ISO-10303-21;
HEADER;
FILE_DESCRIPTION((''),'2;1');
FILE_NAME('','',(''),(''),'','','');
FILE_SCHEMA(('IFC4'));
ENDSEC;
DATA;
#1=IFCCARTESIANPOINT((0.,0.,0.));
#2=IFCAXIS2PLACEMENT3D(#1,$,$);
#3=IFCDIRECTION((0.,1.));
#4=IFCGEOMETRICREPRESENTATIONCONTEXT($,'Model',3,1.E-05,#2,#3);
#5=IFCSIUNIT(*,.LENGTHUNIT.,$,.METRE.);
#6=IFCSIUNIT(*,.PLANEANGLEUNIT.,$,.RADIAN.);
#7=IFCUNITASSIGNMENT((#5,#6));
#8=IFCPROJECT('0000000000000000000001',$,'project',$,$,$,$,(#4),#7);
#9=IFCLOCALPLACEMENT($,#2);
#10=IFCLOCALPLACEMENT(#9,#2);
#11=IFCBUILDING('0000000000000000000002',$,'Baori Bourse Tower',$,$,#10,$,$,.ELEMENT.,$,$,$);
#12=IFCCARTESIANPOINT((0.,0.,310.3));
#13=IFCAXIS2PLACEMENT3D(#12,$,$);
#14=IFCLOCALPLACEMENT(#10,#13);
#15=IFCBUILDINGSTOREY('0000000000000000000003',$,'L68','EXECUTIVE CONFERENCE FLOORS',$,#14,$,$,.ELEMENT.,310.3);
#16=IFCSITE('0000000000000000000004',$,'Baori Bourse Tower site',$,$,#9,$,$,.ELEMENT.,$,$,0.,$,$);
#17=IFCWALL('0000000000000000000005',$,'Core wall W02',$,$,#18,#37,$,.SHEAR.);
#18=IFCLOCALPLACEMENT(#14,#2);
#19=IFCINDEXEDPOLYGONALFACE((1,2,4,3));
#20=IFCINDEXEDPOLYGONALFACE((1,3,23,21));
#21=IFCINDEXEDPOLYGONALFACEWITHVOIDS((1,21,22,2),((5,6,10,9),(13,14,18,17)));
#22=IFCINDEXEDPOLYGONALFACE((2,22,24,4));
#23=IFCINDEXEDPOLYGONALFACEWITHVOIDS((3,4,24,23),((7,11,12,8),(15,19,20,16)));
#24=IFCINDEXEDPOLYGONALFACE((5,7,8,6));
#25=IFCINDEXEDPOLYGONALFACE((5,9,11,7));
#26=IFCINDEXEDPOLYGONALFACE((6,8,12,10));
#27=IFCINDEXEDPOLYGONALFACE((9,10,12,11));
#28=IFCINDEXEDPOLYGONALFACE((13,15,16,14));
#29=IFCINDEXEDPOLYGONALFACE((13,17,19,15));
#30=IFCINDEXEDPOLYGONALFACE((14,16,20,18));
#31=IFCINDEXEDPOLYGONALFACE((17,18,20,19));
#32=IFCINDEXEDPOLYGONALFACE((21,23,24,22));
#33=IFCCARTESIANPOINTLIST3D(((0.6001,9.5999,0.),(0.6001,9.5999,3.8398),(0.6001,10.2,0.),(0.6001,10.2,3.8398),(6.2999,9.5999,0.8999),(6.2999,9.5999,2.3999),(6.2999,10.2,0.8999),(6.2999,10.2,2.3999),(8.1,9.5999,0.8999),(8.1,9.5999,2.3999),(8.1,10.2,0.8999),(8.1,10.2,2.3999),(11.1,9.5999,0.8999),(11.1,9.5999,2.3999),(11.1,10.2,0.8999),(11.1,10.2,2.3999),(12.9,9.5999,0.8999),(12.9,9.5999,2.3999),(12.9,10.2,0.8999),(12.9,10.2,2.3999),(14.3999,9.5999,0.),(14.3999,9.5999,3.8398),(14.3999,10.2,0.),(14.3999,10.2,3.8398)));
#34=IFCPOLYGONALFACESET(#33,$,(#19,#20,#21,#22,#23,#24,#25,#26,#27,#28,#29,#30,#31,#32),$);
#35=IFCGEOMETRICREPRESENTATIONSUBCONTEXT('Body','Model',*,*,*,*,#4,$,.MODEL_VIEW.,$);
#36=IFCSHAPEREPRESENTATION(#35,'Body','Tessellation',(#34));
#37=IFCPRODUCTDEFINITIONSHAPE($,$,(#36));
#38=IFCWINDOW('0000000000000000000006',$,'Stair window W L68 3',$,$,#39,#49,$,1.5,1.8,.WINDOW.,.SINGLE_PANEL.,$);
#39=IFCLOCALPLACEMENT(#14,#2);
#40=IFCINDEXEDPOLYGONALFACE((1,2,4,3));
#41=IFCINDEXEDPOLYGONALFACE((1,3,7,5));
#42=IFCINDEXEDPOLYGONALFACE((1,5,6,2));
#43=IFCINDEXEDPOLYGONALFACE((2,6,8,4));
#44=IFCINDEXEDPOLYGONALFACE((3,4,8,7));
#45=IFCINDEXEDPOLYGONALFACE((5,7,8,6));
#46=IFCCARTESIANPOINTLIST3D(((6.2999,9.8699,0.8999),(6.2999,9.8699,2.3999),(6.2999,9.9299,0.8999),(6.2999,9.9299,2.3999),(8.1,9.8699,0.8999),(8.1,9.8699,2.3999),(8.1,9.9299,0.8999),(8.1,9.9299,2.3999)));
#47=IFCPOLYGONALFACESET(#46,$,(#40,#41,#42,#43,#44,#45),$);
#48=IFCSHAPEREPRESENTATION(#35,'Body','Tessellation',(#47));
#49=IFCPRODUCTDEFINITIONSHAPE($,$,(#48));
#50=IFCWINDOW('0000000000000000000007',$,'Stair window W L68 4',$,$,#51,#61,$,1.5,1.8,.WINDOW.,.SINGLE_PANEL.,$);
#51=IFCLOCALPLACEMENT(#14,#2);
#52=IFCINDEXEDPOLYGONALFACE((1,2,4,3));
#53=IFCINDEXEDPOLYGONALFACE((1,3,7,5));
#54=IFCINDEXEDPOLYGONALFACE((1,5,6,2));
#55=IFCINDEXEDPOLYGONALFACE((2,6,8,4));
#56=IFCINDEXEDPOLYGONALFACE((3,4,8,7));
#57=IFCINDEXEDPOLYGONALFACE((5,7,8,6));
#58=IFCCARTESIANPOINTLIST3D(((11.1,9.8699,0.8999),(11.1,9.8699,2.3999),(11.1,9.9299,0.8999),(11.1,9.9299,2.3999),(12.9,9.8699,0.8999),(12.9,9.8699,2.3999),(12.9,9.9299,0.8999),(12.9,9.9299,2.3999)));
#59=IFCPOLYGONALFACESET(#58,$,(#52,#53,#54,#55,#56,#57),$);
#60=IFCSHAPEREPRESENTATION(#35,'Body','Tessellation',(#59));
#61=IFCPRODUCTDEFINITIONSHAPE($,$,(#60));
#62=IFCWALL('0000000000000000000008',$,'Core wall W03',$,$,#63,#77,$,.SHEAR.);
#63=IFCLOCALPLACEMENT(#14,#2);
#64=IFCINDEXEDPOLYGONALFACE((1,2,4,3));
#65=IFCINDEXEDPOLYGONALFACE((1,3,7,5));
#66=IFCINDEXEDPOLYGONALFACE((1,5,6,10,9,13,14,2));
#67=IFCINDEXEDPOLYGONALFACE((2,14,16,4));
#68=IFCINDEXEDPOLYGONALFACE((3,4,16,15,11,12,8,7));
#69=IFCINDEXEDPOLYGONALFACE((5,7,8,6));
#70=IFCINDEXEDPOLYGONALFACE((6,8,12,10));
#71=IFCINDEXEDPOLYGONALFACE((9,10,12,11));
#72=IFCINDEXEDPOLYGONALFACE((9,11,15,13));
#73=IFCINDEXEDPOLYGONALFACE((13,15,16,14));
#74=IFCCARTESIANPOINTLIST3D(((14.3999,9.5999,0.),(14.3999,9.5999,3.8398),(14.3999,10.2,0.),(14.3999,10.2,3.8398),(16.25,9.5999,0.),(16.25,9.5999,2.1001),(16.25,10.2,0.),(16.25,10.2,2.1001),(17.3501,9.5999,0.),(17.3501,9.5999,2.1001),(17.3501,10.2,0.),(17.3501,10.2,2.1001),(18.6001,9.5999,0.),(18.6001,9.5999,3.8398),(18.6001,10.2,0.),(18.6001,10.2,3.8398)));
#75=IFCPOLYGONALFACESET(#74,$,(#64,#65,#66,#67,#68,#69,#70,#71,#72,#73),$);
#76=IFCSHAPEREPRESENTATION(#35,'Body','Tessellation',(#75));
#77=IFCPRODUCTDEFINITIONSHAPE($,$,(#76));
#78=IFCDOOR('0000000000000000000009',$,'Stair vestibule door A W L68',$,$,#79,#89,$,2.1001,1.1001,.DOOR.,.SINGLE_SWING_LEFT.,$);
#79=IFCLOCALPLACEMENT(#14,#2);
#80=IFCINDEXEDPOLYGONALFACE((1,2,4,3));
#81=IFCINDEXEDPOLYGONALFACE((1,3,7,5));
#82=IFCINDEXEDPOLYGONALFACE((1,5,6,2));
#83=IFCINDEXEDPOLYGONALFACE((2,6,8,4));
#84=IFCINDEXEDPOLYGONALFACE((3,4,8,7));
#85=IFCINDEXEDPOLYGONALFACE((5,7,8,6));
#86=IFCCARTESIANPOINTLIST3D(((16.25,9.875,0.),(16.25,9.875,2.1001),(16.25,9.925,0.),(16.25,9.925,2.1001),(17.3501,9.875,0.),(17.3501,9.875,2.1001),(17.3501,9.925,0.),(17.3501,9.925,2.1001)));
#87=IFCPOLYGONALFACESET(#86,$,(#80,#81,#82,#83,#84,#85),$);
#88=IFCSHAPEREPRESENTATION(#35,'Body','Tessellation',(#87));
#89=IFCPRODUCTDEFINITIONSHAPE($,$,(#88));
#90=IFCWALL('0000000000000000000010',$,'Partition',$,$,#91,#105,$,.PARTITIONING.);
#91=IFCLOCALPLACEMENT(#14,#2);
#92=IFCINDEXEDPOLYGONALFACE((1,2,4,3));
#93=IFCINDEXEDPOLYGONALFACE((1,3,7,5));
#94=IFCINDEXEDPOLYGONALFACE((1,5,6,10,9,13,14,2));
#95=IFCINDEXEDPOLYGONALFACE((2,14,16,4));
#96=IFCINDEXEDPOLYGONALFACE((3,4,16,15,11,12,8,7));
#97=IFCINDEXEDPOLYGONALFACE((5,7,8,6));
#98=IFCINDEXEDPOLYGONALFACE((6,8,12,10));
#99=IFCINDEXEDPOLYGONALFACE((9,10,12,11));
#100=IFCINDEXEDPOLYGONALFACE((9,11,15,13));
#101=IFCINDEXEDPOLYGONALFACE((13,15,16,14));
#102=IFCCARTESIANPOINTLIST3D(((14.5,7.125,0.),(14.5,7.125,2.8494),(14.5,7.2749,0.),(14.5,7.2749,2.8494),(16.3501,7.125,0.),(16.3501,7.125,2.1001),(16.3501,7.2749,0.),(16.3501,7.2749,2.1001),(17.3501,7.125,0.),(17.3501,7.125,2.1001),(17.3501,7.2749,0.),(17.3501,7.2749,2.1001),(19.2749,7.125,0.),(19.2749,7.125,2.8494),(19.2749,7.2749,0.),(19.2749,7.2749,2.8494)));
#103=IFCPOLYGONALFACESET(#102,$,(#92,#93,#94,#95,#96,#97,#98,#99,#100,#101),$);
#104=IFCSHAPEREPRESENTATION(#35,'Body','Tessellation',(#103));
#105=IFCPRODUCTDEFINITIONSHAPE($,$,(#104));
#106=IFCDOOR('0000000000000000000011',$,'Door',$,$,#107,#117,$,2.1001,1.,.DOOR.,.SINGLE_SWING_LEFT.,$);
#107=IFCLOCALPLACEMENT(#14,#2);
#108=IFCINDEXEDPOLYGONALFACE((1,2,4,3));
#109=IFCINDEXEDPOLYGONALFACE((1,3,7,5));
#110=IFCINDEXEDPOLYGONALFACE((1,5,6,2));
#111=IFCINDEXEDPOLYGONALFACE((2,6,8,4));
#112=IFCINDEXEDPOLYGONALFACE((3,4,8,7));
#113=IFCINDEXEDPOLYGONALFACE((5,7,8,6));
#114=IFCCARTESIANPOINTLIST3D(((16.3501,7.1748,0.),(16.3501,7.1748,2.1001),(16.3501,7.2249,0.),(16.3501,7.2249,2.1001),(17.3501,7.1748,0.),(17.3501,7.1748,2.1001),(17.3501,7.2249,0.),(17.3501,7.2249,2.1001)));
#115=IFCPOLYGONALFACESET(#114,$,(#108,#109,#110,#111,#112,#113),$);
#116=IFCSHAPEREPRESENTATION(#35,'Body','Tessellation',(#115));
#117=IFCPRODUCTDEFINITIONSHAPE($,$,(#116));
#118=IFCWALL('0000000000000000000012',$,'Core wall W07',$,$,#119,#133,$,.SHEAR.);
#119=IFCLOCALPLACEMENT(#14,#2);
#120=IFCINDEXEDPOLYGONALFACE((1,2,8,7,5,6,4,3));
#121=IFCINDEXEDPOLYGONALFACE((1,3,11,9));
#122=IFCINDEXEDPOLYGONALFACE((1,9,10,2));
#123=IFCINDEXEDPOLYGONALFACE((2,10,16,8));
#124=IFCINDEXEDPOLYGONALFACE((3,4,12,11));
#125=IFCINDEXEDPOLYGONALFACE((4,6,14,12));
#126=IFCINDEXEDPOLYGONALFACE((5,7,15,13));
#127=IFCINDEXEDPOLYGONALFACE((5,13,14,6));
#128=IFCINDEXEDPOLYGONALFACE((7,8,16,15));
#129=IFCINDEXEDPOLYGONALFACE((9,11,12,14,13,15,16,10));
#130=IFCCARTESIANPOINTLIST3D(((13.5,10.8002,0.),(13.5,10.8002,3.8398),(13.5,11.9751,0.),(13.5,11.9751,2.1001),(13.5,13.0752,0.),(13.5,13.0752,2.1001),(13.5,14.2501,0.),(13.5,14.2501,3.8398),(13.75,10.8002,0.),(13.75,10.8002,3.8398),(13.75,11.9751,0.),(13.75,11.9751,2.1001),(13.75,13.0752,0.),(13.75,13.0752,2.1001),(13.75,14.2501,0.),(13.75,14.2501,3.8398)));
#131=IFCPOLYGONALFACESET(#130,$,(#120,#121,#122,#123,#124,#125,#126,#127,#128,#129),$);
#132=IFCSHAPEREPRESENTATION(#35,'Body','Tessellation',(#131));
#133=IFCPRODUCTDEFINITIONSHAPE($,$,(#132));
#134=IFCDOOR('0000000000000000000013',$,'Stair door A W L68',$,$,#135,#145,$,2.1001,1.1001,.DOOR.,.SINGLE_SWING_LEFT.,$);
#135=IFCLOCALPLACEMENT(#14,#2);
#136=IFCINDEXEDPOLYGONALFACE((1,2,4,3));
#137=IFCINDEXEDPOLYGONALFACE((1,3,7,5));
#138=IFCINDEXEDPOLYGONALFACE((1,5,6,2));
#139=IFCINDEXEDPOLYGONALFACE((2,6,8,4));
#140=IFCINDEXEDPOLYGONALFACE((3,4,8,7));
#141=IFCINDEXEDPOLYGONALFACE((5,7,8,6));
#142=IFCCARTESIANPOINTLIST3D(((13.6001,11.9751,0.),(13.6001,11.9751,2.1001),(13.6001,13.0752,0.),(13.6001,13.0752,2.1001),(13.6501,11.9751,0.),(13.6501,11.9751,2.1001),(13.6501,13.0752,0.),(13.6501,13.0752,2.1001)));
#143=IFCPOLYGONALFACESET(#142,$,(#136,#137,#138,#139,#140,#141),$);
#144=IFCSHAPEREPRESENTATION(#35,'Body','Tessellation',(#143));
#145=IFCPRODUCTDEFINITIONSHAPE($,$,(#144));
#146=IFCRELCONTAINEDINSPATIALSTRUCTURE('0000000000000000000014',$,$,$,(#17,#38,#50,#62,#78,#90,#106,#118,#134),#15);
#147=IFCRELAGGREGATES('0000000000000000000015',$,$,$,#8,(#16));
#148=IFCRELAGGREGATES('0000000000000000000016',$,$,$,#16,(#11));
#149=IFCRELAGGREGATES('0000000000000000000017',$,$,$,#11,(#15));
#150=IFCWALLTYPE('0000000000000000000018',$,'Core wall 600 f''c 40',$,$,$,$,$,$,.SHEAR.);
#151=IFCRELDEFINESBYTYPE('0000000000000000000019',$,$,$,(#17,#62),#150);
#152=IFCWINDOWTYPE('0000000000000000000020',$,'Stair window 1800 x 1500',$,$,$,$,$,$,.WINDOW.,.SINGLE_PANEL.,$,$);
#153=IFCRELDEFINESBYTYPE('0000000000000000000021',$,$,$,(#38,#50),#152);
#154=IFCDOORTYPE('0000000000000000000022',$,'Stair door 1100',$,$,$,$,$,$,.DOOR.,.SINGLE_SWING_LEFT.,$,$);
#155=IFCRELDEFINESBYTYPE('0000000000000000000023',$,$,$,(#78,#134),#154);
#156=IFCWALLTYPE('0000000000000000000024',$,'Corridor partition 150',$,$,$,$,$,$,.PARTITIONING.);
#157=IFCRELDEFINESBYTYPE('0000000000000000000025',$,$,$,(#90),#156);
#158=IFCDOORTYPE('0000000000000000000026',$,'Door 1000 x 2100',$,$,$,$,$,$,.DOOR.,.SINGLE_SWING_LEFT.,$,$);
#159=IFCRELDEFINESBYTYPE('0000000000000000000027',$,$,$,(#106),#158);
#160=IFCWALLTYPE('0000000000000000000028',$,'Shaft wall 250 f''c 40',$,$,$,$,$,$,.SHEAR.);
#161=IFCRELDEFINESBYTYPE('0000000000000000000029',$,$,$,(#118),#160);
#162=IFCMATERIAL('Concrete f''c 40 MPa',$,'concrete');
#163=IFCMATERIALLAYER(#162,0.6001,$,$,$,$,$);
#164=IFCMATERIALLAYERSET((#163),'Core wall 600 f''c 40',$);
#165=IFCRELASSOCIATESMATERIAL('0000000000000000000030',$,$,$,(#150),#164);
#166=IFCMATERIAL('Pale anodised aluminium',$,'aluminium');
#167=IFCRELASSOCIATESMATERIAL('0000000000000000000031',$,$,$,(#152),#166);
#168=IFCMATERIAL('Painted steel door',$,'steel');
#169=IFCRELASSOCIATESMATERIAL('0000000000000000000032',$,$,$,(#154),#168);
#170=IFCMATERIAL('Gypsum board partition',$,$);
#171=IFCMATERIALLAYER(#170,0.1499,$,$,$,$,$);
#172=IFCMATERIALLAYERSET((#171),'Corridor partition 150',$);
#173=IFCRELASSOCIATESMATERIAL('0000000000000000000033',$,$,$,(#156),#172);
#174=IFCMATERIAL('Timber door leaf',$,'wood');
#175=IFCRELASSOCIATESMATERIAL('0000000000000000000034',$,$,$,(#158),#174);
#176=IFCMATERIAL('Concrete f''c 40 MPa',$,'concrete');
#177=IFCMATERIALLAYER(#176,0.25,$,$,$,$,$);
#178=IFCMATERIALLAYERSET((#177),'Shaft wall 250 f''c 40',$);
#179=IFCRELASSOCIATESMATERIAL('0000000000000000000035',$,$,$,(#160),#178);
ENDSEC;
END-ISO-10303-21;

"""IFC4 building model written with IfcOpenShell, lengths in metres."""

from ifc_helpers import new_model, si_unit, direction, frame, frame_2d, origin, place, context, subcontext, project, spatial, rectangle, extrude, material, layer, layer_set, type_object, element, fill, save


model = new_model("IFC4")

# Units and contexts
model_context = context("Model", 3, precision=1e-05, world=origin(), true_north=direction((0.0, 1.0)))
body_context = subcontext(model_context, "Body", "Model", "MODEL_VIEW")
ifc_project = project(units=[si_unit("LENGTHUNIT", "METRE"), si_unit("PLANEANGLEUNIT", "RADIAN")], contexts=[model_context])

# Site, building, storey
site_placement = place(None, origin())
site = spatial("IfcSite", under=ifc_project, at=site_placement, Name="Baori Bourse Tower site", CompositionType="ELEMENT", RefElevation=0.0)
building_placement = place(site_placement, origin())
building = spatial("IfcBuilding", under=site, at=building_placement, Name="Baori Bourse Tower", CompositionType="ELEMENT")
storey_placement = place(building_placement, frame((0.0, 0.0, 310.3)))
storey = spatial("IfcBuildingStorey", under=building, at=storey_placement, Name="L68", Description="EXECUTIVE CONFERENCE FLOORS", CompositionType="ELEMENT", Elevation=310.3)

# Wall, openings, windows
ifc_material_1 = material(Name="Concrete f'c 40 MPa", Category="concrete")
ifc_layer_1 = layer(ifc_material_1, 0.6001)
ifc_layer_set_1 = layer_set([ifc_layer_1], Name="Core wall 600 f'c 40")
wall_type_1 = type_object("IfcWallType", Name="Core wall 600 f'c 40", PredefinedType="SHEAR", material=ifc_layer_set_1)
wall_1_placement = place(storey_placement, frame((14.3999, 9.8999, 0.0), z_axis=(0.0, 0.0, 1.0), x_axis=(-1.0, 0.0, 0.0)))
wall_1 = element("IfcWall", 1, at=wall_1_placement, inside=storey, type_object=wall_type_1, Name="Core wall W02", PredefinedType="SHEAR", context=body_context, shape_type="SweptSolid", body=[
    extrude(rectangle(XDim=13.7998, YDim=0.6001, at=frame_2d((6.8999, 0.0))), origin(), (0.0, 0.0, 1.0), 3.8398),
])
opening_1_placement = place(wall_1_placement, frame((6.3, 0.0, 0.8999)))
opening_1 = element("IfcOpeningElement", 2, at=opening_1_placement, cuts=wall_1, PredefinedType="OPENING", context=body_context, shape_type="SweptSolid", body=[
    extrude(rectangle(XDim=1.8, YDim=1.5, at=frame_2d((0.8999, 0.75))), frame((0.0, 0.3101, 0.0), z_axis=(0.0, -1.0, 0.0), x_axis=(1.0, 0.0, 0.0)), (0.0, 0.0, 1.0), 0.6201),
])
opening_2_placement = place(wall_1_placement, frame((1.5, 0.0, 0.8999)))
opening_2 = element("IfcOpeningElement", 3, at=opening_2_placement, cuts=wall_1, PredefinedType="OPENING", context=body_context, shape_type="SweptSolid", body=[
    extrude(rectangle(XDim=1.8, YDim=1.5, at=frame_2d((0.8999, 0.75))), frame((0.0, 0.3101, 0.0), z_axis=(0.0, -1.0, 0.0), x_axis=(1.0, 0.0, 0.0)), (0.0, 0.0, 1.0), 0.6201),
])
ifc_material_2 = material(Name="Pale anodised aluminium", Category="aluminium")
window_type = type_object("IfcWindowType", Name="Stair window 1800 x 1500", PartitioningType="SINGLE_PANEL", PredefinedType="WINDOW", material=ifc_material_2)
window_1_placement = place(opening_1_placement, origin())
window_1 = element("IfcWindow", 4, at=window_1_placement, inside=storey, type_object=window_type, Name="Stair window W L68 3", OverallHeight=1.5, OverallWidth=1.8, PartitioningType="SINGLE_PANEL", PredefinedType="WINDOW", context=body_context, shape_type="SweptSolid", body=[
    extrude(rectangle(XDim=1.8, YDim=1.5, at=frame_2d((0.8999, 0.75))), frame((0.0, 0.03, 0.0), z_axis=(0.0, -1.0, 0.0), x_axis=(1.0, 0.0, 0.0)), (0.0, 0.0, 1.0), 0.0601),
])
fill(opening_1, window_1)
window_2_placement = place(opening_2_placement, origin())
window_2 = element("IfcWindow", 5, at=window_2_placement, inside=storey, type_object=window_type, Name="Stair window W L68 4", OverallHeight=1.5, OverallWidth=1.8, PartitioningType="SINGLE_PANEL", PredefinedType="WINDOW", context=body_context, shape_type="SweptSolid", body=[
    extrude(rectangle(XDim=1.8, YDim=1.5, at=frame_2d((0.8999, 0.75))), frame((0.0, 0.03, 0.0), z_axis=(0.0, -1.0, 0.0), x_axis=(1.0, 0.0, 0.0)), (0.0, 0.0, 1.0), 0.0601),
])
fill(opening_2, window_2)

# Walls, openings, doors
wall_2_placement = place(storey_placement, frame((18.6001, 9.8999, 0.0), z_axis=(0.0, 0.0, 1.0), x_axis=(-1.0, 0.0, 0.0)))
wall_2 = element("IfcWall", 6, at=wall_2_placement, inside=storey, type_object=wall_type_1, Name="Core wall W03", PredefinedType="SHEAR", context=body_context, shape_type="SweptSolid", body=[
    extrude(rectangle(XDim=4.2002, YDim=0.6001, at=frame_2d((2.1001, 0.0))), origin(), (0.0, 0.0, 1.0), 3.8398),
])
opening_3_placement = place(wall_2_placement, frame((1.25, 0.0, 0.0)))
opening_3 = element("IfcOpeningElement", 7, at=opening_3_placement, cuts=wall_2, PredefinedType="OPENING", context=body_context, shape_type="SweptSolid", body=[
    extrude(rectangle(XDim=1.1001, YDim=2.1001, at=frame_2d((0.55, 1.05))), frame((0.0, 0.3101, 0.0), z_axis=(0.0, -1.0, 0.0), x_axis=(1.0, 0.0, 0.0)), (0.0, 0.0, 1.0), 0.6201),
])
ifc_material_3 = material(Name="Painted steel door", Category="steel")
door_type_1 = type_object("IfcDoorType", Name="Stair door 1100", OperationType="SINGLE_SWING_LEFT", PredefinedType="DOOR", material=ifc_material_3)
door_1_placement = place(opening_3_placement, origin())
door_1 = element("IfcDoor", 8, at=door_1_placement, inside=storey, type_object=door_type_1, Name="Stair vestibule door A W L68", OperationType="SINGLE_SWING_LEFT", OverallHeight=2.1001, OverallWidth=1.1001, PredefinedType="DOOR", context=body_context, shape_type="SweptSolid", body=[
    extrude(rectangle(XDim=1.1001, YDim=2.1001, at=frame_2d((0.55, 1.05))), frame((0.0, 0.0249, 0.0), z_axis=(0.0, -1.0, 0.0), x_axis=(1.0, 0.0, 0.0)), (0.0, 0.0, 1.0), 0.05),
])
fill(opening_3, door_1)
ifc_material_4 = material(Name="Gypsum board partition")
ifc_layer_2 = layer(ifc_material_4, 0.1499)
ifc_layer_set_2 = layer_set([ifc_layer_2], Name="Corridor partition 150")
wall_type_2 = type_object("IfcWallType", Name="Corridor partition 150", PredefinedType="PARTITIONING", material=ifc_layer_set_2)
wall_3_placement = place(storey_placement, frame((14.5, 7.2, 0.0), z_axis=(0.0, 0.0, 1.0), x_axis=(1.0, 0.0, 0.0)))
wall_3 = element("IfcWall", 9, at=wall_3_placement, inside=storey, type_object=wall_type_2, Name="Partition", PredefinedType="PARTITIONING", context=body_context, shape_type="SweptSolid", body=[
    extrude(rectangle(XDim=4.7749, YDim=0.1499, at=frame_2d((2.3875, 0.0))), origin(), (0.0, 0.0, 1.0), 2.8494),
])
opening_4_placement = place(wall_3_placement, frame((1.8501, 0.0, 0.0)))
opening_4 = element("IfcOpeningElement", 10, at=opening_4_placement, cuts=wall_3, PredefinedType="OPENING", context=body_context, shape_type="SweptSolid", body=[
    extrude(rectangle(XDim=1.0, YDim=2.1001, at=frame_2d((0.5, 1.05))), frame((0.0, 0.085, 0.0), z_axis=(0.0, -1.0, 0.0), x_axis=(1.0, 0.0, 0.0)), (0.0, 0.0, 1.0), 0.1699),
])
ifc_material_5 = material(Name="Timber door leaf", Category="wood")
door_type_2 = type_object("IfcDoorType", Name="Door 1000 x 2100", OperationType="SINGLE_SWING_LEFT", PredefinedType="DOOR", material=ifc_material_5)
door_2_placement = place(opening_4_placement, origin())
door_2 = element("IfcDoor", 11, at=door_2_placement, inside=storey, type_object=door_type_2, Name="Door", OperationType="SINGLE_SWING_LEFT", OverallHeight=2.1001, OverallWidth=1.0, PredefinedType="DOOR", context=body_context, shape_type="SweptSolid", body=[
    extrude(rectangle(XDim=1.0, YDim=2.1001, at=frame_2d((0.5, 1.05))), frame((0.0, 0.0249, 0.0), z_axis=(0.0, -1.0, 0.0), x_axis=(1.0, 0.0, 0.0)), (0.0, 0.0, 1.0), 0.05),
])
fill(opening_4, door_2)
ifc_material_6 = material(Name="Concrete f'c 40 MPa", Category="concrete")
ifc_layer_3 = layer(ifc_material_6, 0.25)
ifc_layer_set_3 = layer_set([ifc_layer_3], Name="Shaft wall 250 f'c 40")
wall_type_3 = type_object("IfcWallType", Name="Shaft wall 250 f'c 40", PredefinedType="SHEAR", material=ifc_layer_set_3)
wall_4_placement = place(storey_placement, frame((13.625, 10.8, 0.0), z_axis=(0.0, 0.0, 1.0), x_axis=(0.0, 1.0, 0.0)))
wall_4 = element("IfcWall", 12, at=wall_4_placement, inside=storey, type_object=wall_type_3, Name="Core wall W07", PredefinedType="SHEAR", context=body_context, shape_type="SweptSolid", body=[
    extrude(rectangle(XDim=3.45, YDim=0.25, at=frame_2d((1.7251, 0.0))), origin(), (0.0, 0.0, 1.0), 3.8398),
])
opening_5_placement = place(wall_4_placement, frame((1.175, 0.0, 0.0)))
opening_5 = element("IfcOpeningElement", 13, at=opening_5_placement, cuts=wall_4, PredefinedType="OPENING", context=body_context, shape_type="SweptSolid", body=[
    extrude(rectangle(XDim=1.1001, YDim=2.1001, at=frame_2d((0.55, 1.05))), frame((0.0, 0.135, 0.0), z_axis=(0.0, -1.0, 0.0), x_axis=(1.0, 0.0, 0.0)), (0.0, 0.0, 1.0), 0.27),
])
door_3_placement = place(opening_5_placement, origin())
door_3 = element("IfcDoor", 14, at=door_3_placement, inside=storey, type_object=door_type_1, Name="Stair door A W L68", OperationType="SINGLE_SWING_LEFT", OverallHeight=2.1001, OverallWidth=1.1001, PredefinedType="DOOR", context=body_context, shape_type="SweptSolid", body=[
    extrude(rectangle(XDim=1.1001, YDim=2.1001, at=frame_2d((0.55, 1.05))), frame((0.0, 0.0249, 0.0), z_axis=(0.0, -1.0, 0.0), x_axis=(1.0, 0.0, 0.0)), (0.0, 0.0, 1.0), 0.05),
])
fill(opening_5, door_3)

save(model, "model.ifc")
